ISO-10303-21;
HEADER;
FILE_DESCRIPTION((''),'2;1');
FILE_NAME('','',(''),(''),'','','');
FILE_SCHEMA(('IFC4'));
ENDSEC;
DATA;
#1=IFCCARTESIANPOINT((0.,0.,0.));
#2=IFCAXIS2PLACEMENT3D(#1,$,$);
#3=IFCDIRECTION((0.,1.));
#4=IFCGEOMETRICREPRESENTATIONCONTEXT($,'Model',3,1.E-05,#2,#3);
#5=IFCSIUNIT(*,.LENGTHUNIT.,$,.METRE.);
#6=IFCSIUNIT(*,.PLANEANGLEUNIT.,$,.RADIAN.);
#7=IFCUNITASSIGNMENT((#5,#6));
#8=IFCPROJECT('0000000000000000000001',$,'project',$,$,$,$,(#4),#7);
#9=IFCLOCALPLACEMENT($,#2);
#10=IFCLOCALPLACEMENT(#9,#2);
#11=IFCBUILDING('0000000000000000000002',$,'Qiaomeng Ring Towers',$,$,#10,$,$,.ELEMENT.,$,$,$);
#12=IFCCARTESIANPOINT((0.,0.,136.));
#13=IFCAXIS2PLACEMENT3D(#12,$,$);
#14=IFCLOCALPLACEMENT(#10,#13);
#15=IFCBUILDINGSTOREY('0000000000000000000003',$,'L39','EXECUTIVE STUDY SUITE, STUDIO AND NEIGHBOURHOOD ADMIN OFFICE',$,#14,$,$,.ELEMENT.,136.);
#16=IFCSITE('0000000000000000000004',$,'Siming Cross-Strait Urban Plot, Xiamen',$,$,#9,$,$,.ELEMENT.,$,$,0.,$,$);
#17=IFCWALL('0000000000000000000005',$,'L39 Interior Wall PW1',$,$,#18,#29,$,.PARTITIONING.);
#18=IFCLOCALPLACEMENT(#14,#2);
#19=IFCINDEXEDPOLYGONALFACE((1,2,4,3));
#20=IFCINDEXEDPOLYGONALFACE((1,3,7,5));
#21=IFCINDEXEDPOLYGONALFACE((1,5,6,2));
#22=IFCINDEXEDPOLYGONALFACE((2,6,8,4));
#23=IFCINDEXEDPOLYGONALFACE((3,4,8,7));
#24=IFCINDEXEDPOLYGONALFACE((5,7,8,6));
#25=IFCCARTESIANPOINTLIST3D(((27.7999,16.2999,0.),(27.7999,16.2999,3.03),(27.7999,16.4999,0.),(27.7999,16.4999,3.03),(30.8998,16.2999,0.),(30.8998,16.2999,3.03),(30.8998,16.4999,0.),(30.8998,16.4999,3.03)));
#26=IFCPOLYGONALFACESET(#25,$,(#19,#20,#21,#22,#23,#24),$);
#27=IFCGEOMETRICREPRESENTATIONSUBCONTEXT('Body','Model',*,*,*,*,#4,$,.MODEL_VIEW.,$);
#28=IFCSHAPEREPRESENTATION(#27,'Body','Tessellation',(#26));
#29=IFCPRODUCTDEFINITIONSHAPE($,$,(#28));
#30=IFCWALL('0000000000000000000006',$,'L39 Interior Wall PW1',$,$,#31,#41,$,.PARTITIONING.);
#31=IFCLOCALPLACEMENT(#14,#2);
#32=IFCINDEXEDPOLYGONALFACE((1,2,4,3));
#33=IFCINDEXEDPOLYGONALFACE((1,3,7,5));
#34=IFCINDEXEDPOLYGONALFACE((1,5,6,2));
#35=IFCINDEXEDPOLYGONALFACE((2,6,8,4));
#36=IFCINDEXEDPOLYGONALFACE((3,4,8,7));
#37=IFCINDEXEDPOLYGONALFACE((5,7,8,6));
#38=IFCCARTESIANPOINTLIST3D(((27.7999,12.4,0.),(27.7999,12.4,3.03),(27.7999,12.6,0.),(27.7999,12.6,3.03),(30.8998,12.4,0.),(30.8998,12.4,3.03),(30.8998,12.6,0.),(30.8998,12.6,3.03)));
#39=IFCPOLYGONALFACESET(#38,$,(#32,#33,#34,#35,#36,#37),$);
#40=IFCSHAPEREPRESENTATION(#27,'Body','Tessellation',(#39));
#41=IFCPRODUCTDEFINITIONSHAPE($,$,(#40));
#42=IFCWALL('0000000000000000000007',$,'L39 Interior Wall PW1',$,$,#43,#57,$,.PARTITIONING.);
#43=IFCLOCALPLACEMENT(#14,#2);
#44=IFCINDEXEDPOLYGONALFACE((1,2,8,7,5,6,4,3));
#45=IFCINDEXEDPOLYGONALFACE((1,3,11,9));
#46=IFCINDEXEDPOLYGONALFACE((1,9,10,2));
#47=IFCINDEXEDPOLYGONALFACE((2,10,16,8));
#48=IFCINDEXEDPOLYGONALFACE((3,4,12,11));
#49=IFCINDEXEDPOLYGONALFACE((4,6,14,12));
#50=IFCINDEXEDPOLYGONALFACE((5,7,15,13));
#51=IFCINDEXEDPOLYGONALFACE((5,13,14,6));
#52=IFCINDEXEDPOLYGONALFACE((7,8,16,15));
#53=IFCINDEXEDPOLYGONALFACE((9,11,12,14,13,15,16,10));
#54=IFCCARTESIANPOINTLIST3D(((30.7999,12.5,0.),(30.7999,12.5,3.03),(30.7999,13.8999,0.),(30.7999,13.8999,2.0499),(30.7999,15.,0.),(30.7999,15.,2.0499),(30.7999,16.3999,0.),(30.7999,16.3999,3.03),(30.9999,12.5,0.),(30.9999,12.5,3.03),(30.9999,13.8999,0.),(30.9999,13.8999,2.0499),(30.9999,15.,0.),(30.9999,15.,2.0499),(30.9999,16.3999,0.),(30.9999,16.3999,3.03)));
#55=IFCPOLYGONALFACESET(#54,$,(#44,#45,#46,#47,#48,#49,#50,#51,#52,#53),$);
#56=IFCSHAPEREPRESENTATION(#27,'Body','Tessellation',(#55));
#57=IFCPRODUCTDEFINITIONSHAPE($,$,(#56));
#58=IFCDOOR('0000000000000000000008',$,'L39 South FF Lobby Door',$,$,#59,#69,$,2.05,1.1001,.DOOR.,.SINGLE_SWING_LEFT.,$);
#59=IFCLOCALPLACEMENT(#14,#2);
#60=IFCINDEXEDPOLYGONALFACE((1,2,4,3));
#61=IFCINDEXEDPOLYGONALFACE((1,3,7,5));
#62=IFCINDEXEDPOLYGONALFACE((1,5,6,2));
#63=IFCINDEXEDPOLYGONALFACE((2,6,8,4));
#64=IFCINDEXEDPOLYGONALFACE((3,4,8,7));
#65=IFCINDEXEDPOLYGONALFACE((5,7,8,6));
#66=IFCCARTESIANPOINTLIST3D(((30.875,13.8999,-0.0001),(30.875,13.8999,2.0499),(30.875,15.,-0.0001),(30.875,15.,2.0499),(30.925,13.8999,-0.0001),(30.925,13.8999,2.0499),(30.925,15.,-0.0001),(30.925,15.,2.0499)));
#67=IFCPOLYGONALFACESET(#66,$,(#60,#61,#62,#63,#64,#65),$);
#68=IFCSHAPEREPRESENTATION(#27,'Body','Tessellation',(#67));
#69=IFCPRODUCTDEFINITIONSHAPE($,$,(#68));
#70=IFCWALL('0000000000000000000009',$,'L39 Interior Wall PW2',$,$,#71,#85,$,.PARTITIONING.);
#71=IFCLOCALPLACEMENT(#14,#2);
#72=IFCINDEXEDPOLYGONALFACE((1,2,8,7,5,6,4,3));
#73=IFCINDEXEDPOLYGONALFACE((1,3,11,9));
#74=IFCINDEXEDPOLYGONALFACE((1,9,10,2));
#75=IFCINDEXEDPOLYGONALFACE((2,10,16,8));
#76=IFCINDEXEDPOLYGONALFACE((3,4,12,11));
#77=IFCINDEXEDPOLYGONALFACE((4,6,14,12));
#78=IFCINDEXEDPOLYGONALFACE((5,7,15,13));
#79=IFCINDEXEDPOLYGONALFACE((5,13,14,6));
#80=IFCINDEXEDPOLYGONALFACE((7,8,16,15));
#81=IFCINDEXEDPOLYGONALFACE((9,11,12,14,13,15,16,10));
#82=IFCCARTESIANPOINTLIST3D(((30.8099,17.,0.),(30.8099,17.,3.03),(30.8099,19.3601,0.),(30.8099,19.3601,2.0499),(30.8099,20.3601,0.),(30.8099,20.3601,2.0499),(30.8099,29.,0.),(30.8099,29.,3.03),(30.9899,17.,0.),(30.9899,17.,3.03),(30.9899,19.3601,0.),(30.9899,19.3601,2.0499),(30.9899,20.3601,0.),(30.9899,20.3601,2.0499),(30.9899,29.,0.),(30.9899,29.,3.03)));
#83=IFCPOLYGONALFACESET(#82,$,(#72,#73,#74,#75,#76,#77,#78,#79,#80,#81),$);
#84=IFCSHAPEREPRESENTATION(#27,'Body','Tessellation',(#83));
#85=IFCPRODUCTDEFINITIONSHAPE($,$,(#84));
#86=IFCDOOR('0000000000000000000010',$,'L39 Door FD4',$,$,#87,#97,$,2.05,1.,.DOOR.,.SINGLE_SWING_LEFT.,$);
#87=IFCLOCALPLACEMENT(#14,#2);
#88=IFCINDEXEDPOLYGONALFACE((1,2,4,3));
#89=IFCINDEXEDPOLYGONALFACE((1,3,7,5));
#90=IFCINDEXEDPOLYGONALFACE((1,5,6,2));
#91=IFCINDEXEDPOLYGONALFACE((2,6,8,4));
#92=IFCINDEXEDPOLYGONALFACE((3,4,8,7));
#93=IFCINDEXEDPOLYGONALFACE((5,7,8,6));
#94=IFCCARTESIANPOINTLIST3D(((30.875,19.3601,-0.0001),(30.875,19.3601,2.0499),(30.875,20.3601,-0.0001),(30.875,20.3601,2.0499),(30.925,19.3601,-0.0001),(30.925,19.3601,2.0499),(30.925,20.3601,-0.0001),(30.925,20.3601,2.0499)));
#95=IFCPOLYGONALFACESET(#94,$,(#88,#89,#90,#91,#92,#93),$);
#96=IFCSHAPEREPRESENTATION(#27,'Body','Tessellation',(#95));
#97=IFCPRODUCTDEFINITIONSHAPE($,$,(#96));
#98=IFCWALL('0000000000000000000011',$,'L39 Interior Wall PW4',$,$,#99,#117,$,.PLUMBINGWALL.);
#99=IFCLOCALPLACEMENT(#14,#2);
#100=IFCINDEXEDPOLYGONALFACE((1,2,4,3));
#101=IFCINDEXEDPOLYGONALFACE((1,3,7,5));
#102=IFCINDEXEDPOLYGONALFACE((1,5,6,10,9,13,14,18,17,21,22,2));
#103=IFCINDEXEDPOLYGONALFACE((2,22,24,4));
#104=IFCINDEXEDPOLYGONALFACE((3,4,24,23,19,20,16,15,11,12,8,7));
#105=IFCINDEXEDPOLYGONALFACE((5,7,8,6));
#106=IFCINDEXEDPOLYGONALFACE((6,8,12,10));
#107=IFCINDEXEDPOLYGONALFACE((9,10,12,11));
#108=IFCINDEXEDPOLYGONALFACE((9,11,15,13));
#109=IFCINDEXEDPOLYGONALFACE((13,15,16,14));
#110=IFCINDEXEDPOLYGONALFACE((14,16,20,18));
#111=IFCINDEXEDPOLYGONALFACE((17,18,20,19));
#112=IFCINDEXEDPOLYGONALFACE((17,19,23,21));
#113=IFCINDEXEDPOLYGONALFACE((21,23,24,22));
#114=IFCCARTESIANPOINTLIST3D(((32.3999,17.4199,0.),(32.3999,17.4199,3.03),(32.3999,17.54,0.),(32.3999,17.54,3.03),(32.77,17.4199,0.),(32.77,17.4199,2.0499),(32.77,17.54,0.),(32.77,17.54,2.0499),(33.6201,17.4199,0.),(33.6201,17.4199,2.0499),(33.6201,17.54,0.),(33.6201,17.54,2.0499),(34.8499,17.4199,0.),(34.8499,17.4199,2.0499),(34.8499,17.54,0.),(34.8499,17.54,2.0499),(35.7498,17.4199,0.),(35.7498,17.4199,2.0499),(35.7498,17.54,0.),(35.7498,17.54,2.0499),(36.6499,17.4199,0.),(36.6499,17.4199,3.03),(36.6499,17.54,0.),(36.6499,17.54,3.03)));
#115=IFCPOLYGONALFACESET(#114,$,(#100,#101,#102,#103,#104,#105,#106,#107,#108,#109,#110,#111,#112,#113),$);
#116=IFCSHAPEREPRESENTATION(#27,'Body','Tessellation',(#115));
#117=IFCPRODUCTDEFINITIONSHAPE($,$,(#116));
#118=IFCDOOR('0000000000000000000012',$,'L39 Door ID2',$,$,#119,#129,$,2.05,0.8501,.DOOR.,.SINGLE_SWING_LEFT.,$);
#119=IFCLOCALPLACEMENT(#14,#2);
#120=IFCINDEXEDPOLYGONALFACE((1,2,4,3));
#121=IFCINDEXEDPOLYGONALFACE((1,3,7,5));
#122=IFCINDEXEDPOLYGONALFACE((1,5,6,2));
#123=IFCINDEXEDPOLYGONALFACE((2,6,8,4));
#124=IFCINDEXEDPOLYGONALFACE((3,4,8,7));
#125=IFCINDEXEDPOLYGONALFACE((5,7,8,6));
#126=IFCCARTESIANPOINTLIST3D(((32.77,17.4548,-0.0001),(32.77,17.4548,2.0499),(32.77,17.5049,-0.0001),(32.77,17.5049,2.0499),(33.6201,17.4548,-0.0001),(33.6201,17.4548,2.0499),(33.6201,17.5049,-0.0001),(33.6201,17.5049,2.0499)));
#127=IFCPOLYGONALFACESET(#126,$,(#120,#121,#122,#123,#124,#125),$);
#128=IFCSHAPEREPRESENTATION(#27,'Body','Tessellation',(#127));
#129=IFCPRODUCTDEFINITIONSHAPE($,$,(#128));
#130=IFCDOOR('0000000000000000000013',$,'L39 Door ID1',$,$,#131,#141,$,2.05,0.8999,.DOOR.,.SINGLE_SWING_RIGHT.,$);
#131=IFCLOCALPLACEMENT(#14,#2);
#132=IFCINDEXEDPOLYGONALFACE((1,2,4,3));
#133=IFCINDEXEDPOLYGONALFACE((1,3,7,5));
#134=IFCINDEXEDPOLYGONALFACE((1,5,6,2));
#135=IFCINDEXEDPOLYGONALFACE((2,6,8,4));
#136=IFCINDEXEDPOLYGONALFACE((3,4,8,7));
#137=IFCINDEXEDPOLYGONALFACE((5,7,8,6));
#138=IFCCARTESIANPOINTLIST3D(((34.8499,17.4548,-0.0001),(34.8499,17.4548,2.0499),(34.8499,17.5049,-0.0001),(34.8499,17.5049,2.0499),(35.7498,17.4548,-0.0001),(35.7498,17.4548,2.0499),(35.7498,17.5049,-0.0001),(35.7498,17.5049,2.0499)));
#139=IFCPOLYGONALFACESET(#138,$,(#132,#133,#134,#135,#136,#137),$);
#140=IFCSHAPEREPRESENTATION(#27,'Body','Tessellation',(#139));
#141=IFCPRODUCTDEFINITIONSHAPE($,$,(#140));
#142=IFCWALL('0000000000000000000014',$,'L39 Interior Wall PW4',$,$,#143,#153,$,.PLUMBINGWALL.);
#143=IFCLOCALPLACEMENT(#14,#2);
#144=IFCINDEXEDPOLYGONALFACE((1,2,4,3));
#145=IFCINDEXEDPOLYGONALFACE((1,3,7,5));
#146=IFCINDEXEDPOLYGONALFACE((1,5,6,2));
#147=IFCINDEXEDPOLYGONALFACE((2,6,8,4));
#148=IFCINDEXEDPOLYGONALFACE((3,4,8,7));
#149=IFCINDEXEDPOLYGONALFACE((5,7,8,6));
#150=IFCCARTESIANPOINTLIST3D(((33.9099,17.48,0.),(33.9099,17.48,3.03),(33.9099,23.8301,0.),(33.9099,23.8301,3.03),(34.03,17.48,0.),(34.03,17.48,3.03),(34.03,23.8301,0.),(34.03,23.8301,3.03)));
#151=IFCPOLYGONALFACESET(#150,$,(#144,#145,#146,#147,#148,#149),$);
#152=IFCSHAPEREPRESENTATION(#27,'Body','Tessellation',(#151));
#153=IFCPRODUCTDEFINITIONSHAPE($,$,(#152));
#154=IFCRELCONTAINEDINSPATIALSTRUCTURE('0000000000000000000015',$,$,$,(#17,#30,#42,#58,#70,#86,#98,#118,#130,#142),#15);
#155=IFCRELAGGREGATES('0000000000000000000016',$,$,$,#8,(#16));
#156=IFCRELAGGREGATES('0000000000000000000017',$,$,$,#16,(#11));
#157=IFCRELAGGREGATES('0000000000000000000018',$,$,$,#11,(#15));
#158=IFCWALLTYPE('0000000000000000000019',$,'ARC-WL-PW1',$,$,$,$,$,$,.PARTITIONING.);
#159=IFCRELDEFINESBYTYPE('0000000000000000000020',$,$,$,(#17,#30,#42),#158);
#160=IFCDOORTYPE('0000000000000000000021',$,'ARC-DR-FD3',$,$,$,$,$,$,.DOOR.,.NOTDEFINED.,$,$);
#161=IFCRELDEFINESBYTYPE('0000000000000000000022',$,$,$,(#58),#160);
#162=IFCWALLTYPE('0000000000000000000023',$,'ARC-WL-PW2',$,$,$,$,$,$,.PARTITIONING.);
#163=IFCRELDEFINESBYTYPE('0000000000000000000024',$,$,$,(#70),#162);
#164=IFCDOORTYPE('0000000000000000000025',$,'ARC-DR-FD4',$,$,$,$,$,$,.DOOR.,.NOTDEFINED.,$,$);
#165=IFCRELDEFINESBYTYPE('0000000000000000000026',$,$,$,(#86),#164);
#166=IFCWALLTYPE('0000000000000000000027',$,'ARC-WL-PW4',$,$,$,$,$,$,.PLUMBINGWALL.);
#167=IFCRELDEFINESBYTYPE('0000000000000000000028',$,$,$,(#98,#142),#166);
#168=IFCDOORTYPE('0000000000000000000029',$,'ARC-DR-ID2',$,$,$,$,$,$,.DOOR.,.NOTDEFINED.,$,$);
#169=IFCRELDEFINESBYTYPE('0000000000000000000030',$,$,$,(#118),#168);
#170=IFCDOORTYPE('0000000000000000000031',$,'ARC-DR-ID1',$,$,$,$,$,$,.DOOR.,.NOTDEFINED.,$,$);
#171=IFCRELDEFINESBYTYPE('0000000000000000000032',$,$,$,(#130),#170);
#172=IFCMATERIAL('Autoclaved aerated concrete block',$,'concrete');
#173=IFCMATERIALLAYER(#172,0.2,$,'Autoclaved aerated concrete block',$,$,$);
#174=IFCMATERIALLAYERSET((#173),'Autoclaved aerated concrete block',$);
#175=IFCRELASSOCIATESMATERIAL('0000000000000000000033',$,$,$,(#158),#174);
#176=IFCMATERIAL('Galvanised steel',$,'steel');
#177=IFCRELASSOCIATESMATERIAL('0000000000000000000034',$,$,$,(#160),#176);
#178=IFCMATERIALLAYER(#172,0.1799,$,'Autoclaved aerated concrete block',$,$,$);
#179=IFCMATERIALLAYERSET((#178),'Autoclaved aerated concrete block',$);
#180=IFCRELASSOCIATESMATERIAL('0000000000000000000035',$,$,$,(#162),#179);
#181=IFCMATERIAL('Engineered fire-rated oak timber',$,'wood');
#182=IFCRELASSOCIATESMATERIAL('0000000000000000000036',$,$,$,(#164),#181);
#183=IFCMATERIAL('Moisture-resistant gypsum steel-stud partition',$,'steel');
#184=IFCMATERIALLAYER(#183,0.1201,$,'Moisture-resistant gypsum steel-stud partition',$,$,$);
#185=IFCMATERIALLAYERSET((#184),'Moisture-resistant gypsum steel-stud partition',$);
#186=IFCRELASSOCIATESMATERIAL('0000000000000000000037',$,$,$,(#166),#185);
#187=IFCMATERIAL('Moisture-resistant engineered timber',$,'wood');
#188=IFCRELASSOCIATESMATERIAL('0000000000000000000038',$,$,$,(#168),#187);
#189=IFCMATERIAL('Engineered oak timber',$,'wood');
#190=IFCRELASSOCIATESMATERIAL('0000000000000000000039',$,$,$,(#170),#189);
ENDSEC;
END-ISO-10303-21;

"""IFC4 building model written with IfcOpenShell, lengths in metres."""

from ifc_helpers import new_model, si_unit, direction, frame, frame_2d, origin, place, context, subcontext, project, spatial, rectangle, extrude, source, transform, mapped, material, layer, layer_set, type_object, element, fill, save


model = new_model("IFC4")

# Units and contexts
model_context = context("Model", 3, precision=1e-05, world=origin(), true_north=direction((0.0, 1.0)))
body_context = subcontext(model_context, "Body", "Model", "MODEL_VIEW")
ifc_project = project(units=[si_unit("LENGTHUNIT", "METRE"), si_unit("PLANEANGLEUNIT", "RADIAN")], contexts=[model_context])

# Site, building, storey
site_placement = place(None, origin())
site = spatial("IfcSite", under=ifc_project, at=site_placement, Name="Siming Cross-Strait Urban Plot, Xiamen", CompositionType="ELEMENT", RefElevation=0.0)
building_placement = place(site_placement, origin())
building = spatial("IfcBuilding", under=site, at=building_placement, Name="Qiaomeng Ring Towers", CompositionType="ELEMENT")
storey_placement = place(building_placement, frame((0.0, 0.0, 136.0)))
storey = spatial("IfcBuildingStorey", under=building, at=storey_placement, Name="L39", Description="EXECUTIVE STUDY SUITE, STUDIO AND NEIGHBOURHOOD ADMIN OFFICE", CompositionType="ELEMENT", Elevation=136.0)

# Walls
ifc_material_1 = material(Name="Autoclaved aerated concrete block", Category="concrete")
ifc_layer_1 = layer(ifc_material_1, 0.2, Name="Autoclaved aerated concrete block")
ifc_layer_set_1 = layer_set([ifc_layer_1], Name="Autoclaved aerated concrete block")
wall_type_1 = type_object("IfcWallType", Name="ARC-WL-PW1", PredefinedType="PARTITIONING", material=ifc_layer_set_1)
for number, where, z_axis, x_axis, name in (
    (1, (27.8, 16.3999, 0.0), (0.0, 0.0, 1.0), (1.0, 0.0, 0.0), "L39 Interior Wall PW1"),
    (2, (27.8, 12.5, 0.0), (0.0, 0.0, 1.0), (1.0, 0.0, 0.0), "L39 Interior Wall PW1"),
):
    element("IfcWall", number, at=place(storey_placement, frame(where, z_axis=z_axis, x_axis=x_axis)), inside=storey, type_object=wall_type_1, Name=name, PredefinedType="PARTITIONING", context=body_context, shape_type="SweptSolid", body=[
        extrude(rectangle(XDim=3.0999, YDim=0.2, at=frame_2d((1.5498, 0.0))), origin(), (0.0, 0.0, 1.0), 3.03),
    ])

# Walls, openings, doors
wall_1_placement = place(storey_placement, frame((30.8999, 12.5, 0.0), z_axis=(0.0, 0.0, 1.0), x_axis=(0.0, 1.0, 0.0)))
wall_1 = element("IfcWall", 3, at=wall_1_placement, inside=storey, type_object=wall_type_1, Name="L39 Interior Wall PW1", PredefinedType="PARTITIONING", context=body_context, shape_type="SweptSolid", body=[
    extrude(rectangle(XDim=3.8999, YDim=0.2, at=frame_2d((1.95, 0.0))), origin(), (0.0, 0.0, 1.0), 3.03),
])
opening_1_placement = place(wall_1_placement, frame((1.3999, 0.0, 0.0)))
opening_1 = element("IfcOpeningElement", 4, at=opening_1_placement, cuts=wall_1, PredefinedType="OPENING", context=body_context, shape_type="SweptSolid", body=[
    extrude(rectangle(XDim=1.1001, YDim=2.05, at=frame_2d((0.55, 1.0249))), frame((0.0, 0.1099, 0.0), z_axis=(0.0, -1.0, 0.0), x_axis=(1.0, 0.0, 0.0)), (0.0, 0.0, 1.0), 0.22),
])
ifc_material_2 = material(Name="Galvanised steel", Category="steel")
door_type_1 = type_object("IfcDoorType", Name="ARC-DR-FD3", OperationType="NOTDEFINED", PredefinedType="DOOR", material=ifc_material_2)
shared_shape_1 = source(origin(), body_context, "Body", "SweptSolid", [
    extrude(rectangle(XDim=1.1001, YDim=2.05, at=frame_2d((0.55, 1.0249))), frame((0.0, 0.0249, 0.0), z_axis=(0.0, -1.0, 0.0), x_axis=(1.0, 0.0, 0.0)), (0.0, 0.0, 1.0), 0.05),
])
door_1_placement = place(opening_1_placement, origin())
door_1 = element("IfcDoor", 5, at=door_1_placement, inside=storey, type_object=door_type_1, Name="L39 South FF Lobby Door", OperationType="SINGLE_SWING_LEFT", OverallHeight=2.05, OverallWidth=1.1001, PredefinedType="DOOR", context=body_context, shape_type="MappedRepresentation", body=[
    mapped(shared_shape_1, transform((0.0, 0.0, 0.0), x_axis=(1.0, 0.0, 0.0), y_axis=(0.0, 1.0, 0.0), z_axis=(0.0, 0.0, 1.0), scale=1.0)),
])
fill(opening_1, door_1)
ifc_layer_2 = layer(ifc_material_1, 0.1799, Name="Autoclaved aerated concrete block")
ifc_layer_set_2 = layer_set([ifc_layer_2], Name="Autoclaved aerated concrete block")
wall_type_2 = type_object("IfcWallType", Name="ARC-WL-PW2", PredefinedType="PARTITIONING", material=ifc_layer_set_2)
wall_2_placement = place(storey_placement, frame((30.8999, 17.0, 0.0), z_axis=(0.0, 0.0, 1.0), x_axis=(0.0, 1.0, 0.0)))
wall_2 = element("IfcWall", 6, at=wall_2_placement, inside=storey, type_object=wall_type_2, Name="L39 Interior Wall PW2", PredefinedType="PARTITIONING", context=body_context, shape_type="SweptSolid", body=[
    extrude(rectangle(XDim=12.0, YDim=0.1799, at=frame_2d((6.0, 0.0))), origin(), (0.0, 0.0, 1.0), 3.03),
])
opening_2_placement = place(wall_2_placement, frame((2.3601, 0.0, 0.0)))
opening_2 = element("IfcOpeningElement", 7, at=opening_2_placement, cuts=wall_2, PredefinedType="OPENING", context=body_context, shape_type="SweptSolid", body=[
    extrude(rectangle(XDim=1.0, YDim=2.05, at=frame_2d((0.5, 1.0249))), frame((0.0, 0.0999, 0.0), z_axis=(0.0, -1.0, 0.0), x_axis=(1.0, 0.0, 0.0)), (0.0, 0.0, 1.0), 0.2),
])
ifc_material_3 = material(Name="Engineered fire-rated oak timber", Category="wood")
door_type_2 = type_object("IfcDoorType", Name="ARC-DR-FD4", OperationType="NOTDEFINED", PredefinedType="DOOR", material=ifc_material_3)
shared_shape_2 = source(origin(), body_context, "Body", "SweptSolid", [
    extrude(rectangle(XDim=1.0, YDim=2.05, at=frame_2d((0.5, 1.0249))), frame((0.0, 0.0249, 0.0), z_axis=(0.0, -1.0, 0.0), x_axis=(1.0, 0.0, 0.0)), (0.0, 0.0, 1.0), 0.05),
])
door_2_placement = place(opening_2_placement, origin())
door_2 = element("IfcDoor", 8, at=door_2_placement, inside=storey, type_object=door_type_2, Name="L39 Door FD4", OperationType="SINGLE_SWING_LEFT", OverallHeight=2.05, OverallWidth=1.0, PredefinedType="DOOR", context=body_context, shape_type="MappedRepresentation", body=[
    mapped(shared_shape_2, transform((0.0, 0.0, 0.0), x_axis=(1.0, 0.0, 0.0), y_axis=(0.0, 1.0, 0.0), z_axis=(0.0, 0.0, 1.0), scale=1.0)),
])
fill(opening_2, door_2)

# Wall, openings, doors
ifc_material_4 = material(Name="Moisture-resistant gypsum steel-stud partition", Category="steel")
ifc_layer_3 = layer(ifc_material_4, 0.1201, Name="Moisture-resistant gypsum steel-stud partition")
ifc_layer_set_3 = layer_set([ifc_layer_3], Name="Moisture-resistant gypsum steel-stud partition")
wall_type_3 = type_object("IfcWallType", Name="ARC-WL-PW4", PredefinedType="PLUMBINGWALL", material=ifc_layer_set_3)
wall_3_placement = place(storey_placement, frame((32.3999, 17.48, 0.0), z_axis=(0.0, 0.0, 1.0), x_axis=(1.0, 0.0, 0.0)))
wall_3 = element("IfcWall", 9, at=wall_3_placement, inside=storey, type_object=wall_type_3, Name="L39 Interior Wall PW4", PredefinedType="PLUMBINGWALL", context=body_context, shape_type="SweptSolid", body=[
    extrude(rectangle(XDim=4.25, YDim=0.1201, at=frame_2d((2.125, 0.0))), origin(), (0.0, 0.0, 1.0), 3.03),
])
opening_3_placement = place(wall_3_placement, frame((0.3701, 0.0, 0.0)))
opening_3 = element("IfcOpeningElement", 10, at=opening_3_placement, cuts=wall_3, PredefinedType="OPENING", context=body_context, shape_type="SweptSolid", body=[
    extrude(rectangle(XDim=0.8501, YDim=2.05, at=frame_2d((0.425, 1.0249))), frame((0.0, 0.0701, 0.0), z_axis=(0.0, -1.0, 0.0), x_axis=(1.0, 0.0, 0.0)), (0.0, 0.0, 1.0), 0.1401),
])
opening_4_placement = place(wall_3_placement, frame((2.45, 0.0, 0.0)))
opening_4 = element("IfcOpeningElement", 11, at=opening_4_placement, cuts=wall_3, PredefinedType="OPENING", context=body_context, shape_type="SweptSolid", body=[
    extrude(rectangle(XDim=0.8999, YDim=2.05, at=frame_2d((0.45, 1.0249))), frame((0.0, 0.0701, 0.0), z_axis=(0.0, -1.0, 0.0), x_axis=(1.0, 0.0, 0.0)), (0.0, 0.0, 1.0), 0.1401),
])
ifc_material_5 = material(Name="Moisture-resistant engineered timber", Category="wood")
door_type_3 = type_object("IfcDoorType", Name="ARC-DR-ID2", OperationType="NOTDEFINED", PredefinedType="DOOR", material=ifc_material_5)
shared_shape_3 = source(origin(), body_context, "Body", "SweptSolid", [
    extrude(rectangle(XDim=0.8501, YDim=2.05, at=frame_2d((0.425, 1.0249))), frame((0.0, 0.0249, 0.0), z_axis=(0.0, -1.0, 0.0), x_axis=(1.0, 0.0, 0.0)), (0.0, 0.0, 1.0), 0.05),
])
door_3_placement = place(opening_3_placement, origin())
door_3 = element("IfcDoor", 12, at=door_3_placement, inside=storey, type_object=door_type_3, Name="L39 Door ID2", OperationType="SINGLE_SWING_LEFT", OverallHeight=2.05, OverallWidth=0.8501, PredefinedType="DOOR", context=body_context, shape_type="MappedRepresentation", body=[
    mapped(shared_shape_3, transform((0.0, 0.0, 0.0), x_axis=(1.0, 0.0, 0.0), y_axis=(0.0, 1.0, 0.0), z_axis=(0.0, 0.0, 1.0), scale=1.0)),
])
fill(opening_3, door_3)
ifc_material_6 = material(Name="Engineered oak timber", Category="wood")
door_type_4 = type_object("IfcDoorType", Name="ARC-DR-ID1", OperationType="NOTDEFINED", PredefinedType="DOOR", material=ifc_material_6)
shared_shape_4 = source(origin(), body_context, "Body", "SweptSolid", [
    extrude(rectangle(XDim=0.8999, YDim=2.05, at=frame_2d((0.45, 1.0249))), frame((0.0, 0.0249, 0.0), z_axis=(0.0, -1.0, 0.0), x_axis=(1.0, 0.0, 0.0)), (0.0, 0.0, 1.0), 0.05),
])
door_4_placement = place(opening_4_placement, origin())
door_4 = element("IfcDoor", 13, at=door_4_placement, inside=storey, type_object=door_type_4, Name="L39 Door ID1", OperationType="SINGLE_SWING_RIGHT", OverallHeight=2.05, OverallWidth=0.8999, PredefinedType="DOOR", context=body_context, shape_type="MappedRepresentation", body=[
    mapped(shared_shape_4, transform((0.0, 0.0, 0.0), x_axis=(1.0, 0.0, 0.0), y_axis=(0.0, 1.0, 0.0), z_axis=(0.0, 0.0, 1.0), scale=1.0)),
])
fill(opening_4, door_4)

# Wall
wall_4_placement = place(storey_placement, frame((33.97, 17.48, 0.0), z_axis=(0.0, 0.0, 1.0), x_axis=(0.0, 1.0, 0.0)))
element("IfcWall", 14, at=wall_4_placement, inside=storey, type_object=wall_type_3, Name="L39 Interior Wall PW4", PredefinedType="PLUMBINGWALL", context=body_context, shape_type="SweptSolid", body=[
    extrude(rectangle(XDim=6.3501, YDim=0.1201, at=frame_2d((3.175, 0.0))), origin(), (0.0, 0.0, 1.0), 3.03),
])

save(model, "model.ifc")
